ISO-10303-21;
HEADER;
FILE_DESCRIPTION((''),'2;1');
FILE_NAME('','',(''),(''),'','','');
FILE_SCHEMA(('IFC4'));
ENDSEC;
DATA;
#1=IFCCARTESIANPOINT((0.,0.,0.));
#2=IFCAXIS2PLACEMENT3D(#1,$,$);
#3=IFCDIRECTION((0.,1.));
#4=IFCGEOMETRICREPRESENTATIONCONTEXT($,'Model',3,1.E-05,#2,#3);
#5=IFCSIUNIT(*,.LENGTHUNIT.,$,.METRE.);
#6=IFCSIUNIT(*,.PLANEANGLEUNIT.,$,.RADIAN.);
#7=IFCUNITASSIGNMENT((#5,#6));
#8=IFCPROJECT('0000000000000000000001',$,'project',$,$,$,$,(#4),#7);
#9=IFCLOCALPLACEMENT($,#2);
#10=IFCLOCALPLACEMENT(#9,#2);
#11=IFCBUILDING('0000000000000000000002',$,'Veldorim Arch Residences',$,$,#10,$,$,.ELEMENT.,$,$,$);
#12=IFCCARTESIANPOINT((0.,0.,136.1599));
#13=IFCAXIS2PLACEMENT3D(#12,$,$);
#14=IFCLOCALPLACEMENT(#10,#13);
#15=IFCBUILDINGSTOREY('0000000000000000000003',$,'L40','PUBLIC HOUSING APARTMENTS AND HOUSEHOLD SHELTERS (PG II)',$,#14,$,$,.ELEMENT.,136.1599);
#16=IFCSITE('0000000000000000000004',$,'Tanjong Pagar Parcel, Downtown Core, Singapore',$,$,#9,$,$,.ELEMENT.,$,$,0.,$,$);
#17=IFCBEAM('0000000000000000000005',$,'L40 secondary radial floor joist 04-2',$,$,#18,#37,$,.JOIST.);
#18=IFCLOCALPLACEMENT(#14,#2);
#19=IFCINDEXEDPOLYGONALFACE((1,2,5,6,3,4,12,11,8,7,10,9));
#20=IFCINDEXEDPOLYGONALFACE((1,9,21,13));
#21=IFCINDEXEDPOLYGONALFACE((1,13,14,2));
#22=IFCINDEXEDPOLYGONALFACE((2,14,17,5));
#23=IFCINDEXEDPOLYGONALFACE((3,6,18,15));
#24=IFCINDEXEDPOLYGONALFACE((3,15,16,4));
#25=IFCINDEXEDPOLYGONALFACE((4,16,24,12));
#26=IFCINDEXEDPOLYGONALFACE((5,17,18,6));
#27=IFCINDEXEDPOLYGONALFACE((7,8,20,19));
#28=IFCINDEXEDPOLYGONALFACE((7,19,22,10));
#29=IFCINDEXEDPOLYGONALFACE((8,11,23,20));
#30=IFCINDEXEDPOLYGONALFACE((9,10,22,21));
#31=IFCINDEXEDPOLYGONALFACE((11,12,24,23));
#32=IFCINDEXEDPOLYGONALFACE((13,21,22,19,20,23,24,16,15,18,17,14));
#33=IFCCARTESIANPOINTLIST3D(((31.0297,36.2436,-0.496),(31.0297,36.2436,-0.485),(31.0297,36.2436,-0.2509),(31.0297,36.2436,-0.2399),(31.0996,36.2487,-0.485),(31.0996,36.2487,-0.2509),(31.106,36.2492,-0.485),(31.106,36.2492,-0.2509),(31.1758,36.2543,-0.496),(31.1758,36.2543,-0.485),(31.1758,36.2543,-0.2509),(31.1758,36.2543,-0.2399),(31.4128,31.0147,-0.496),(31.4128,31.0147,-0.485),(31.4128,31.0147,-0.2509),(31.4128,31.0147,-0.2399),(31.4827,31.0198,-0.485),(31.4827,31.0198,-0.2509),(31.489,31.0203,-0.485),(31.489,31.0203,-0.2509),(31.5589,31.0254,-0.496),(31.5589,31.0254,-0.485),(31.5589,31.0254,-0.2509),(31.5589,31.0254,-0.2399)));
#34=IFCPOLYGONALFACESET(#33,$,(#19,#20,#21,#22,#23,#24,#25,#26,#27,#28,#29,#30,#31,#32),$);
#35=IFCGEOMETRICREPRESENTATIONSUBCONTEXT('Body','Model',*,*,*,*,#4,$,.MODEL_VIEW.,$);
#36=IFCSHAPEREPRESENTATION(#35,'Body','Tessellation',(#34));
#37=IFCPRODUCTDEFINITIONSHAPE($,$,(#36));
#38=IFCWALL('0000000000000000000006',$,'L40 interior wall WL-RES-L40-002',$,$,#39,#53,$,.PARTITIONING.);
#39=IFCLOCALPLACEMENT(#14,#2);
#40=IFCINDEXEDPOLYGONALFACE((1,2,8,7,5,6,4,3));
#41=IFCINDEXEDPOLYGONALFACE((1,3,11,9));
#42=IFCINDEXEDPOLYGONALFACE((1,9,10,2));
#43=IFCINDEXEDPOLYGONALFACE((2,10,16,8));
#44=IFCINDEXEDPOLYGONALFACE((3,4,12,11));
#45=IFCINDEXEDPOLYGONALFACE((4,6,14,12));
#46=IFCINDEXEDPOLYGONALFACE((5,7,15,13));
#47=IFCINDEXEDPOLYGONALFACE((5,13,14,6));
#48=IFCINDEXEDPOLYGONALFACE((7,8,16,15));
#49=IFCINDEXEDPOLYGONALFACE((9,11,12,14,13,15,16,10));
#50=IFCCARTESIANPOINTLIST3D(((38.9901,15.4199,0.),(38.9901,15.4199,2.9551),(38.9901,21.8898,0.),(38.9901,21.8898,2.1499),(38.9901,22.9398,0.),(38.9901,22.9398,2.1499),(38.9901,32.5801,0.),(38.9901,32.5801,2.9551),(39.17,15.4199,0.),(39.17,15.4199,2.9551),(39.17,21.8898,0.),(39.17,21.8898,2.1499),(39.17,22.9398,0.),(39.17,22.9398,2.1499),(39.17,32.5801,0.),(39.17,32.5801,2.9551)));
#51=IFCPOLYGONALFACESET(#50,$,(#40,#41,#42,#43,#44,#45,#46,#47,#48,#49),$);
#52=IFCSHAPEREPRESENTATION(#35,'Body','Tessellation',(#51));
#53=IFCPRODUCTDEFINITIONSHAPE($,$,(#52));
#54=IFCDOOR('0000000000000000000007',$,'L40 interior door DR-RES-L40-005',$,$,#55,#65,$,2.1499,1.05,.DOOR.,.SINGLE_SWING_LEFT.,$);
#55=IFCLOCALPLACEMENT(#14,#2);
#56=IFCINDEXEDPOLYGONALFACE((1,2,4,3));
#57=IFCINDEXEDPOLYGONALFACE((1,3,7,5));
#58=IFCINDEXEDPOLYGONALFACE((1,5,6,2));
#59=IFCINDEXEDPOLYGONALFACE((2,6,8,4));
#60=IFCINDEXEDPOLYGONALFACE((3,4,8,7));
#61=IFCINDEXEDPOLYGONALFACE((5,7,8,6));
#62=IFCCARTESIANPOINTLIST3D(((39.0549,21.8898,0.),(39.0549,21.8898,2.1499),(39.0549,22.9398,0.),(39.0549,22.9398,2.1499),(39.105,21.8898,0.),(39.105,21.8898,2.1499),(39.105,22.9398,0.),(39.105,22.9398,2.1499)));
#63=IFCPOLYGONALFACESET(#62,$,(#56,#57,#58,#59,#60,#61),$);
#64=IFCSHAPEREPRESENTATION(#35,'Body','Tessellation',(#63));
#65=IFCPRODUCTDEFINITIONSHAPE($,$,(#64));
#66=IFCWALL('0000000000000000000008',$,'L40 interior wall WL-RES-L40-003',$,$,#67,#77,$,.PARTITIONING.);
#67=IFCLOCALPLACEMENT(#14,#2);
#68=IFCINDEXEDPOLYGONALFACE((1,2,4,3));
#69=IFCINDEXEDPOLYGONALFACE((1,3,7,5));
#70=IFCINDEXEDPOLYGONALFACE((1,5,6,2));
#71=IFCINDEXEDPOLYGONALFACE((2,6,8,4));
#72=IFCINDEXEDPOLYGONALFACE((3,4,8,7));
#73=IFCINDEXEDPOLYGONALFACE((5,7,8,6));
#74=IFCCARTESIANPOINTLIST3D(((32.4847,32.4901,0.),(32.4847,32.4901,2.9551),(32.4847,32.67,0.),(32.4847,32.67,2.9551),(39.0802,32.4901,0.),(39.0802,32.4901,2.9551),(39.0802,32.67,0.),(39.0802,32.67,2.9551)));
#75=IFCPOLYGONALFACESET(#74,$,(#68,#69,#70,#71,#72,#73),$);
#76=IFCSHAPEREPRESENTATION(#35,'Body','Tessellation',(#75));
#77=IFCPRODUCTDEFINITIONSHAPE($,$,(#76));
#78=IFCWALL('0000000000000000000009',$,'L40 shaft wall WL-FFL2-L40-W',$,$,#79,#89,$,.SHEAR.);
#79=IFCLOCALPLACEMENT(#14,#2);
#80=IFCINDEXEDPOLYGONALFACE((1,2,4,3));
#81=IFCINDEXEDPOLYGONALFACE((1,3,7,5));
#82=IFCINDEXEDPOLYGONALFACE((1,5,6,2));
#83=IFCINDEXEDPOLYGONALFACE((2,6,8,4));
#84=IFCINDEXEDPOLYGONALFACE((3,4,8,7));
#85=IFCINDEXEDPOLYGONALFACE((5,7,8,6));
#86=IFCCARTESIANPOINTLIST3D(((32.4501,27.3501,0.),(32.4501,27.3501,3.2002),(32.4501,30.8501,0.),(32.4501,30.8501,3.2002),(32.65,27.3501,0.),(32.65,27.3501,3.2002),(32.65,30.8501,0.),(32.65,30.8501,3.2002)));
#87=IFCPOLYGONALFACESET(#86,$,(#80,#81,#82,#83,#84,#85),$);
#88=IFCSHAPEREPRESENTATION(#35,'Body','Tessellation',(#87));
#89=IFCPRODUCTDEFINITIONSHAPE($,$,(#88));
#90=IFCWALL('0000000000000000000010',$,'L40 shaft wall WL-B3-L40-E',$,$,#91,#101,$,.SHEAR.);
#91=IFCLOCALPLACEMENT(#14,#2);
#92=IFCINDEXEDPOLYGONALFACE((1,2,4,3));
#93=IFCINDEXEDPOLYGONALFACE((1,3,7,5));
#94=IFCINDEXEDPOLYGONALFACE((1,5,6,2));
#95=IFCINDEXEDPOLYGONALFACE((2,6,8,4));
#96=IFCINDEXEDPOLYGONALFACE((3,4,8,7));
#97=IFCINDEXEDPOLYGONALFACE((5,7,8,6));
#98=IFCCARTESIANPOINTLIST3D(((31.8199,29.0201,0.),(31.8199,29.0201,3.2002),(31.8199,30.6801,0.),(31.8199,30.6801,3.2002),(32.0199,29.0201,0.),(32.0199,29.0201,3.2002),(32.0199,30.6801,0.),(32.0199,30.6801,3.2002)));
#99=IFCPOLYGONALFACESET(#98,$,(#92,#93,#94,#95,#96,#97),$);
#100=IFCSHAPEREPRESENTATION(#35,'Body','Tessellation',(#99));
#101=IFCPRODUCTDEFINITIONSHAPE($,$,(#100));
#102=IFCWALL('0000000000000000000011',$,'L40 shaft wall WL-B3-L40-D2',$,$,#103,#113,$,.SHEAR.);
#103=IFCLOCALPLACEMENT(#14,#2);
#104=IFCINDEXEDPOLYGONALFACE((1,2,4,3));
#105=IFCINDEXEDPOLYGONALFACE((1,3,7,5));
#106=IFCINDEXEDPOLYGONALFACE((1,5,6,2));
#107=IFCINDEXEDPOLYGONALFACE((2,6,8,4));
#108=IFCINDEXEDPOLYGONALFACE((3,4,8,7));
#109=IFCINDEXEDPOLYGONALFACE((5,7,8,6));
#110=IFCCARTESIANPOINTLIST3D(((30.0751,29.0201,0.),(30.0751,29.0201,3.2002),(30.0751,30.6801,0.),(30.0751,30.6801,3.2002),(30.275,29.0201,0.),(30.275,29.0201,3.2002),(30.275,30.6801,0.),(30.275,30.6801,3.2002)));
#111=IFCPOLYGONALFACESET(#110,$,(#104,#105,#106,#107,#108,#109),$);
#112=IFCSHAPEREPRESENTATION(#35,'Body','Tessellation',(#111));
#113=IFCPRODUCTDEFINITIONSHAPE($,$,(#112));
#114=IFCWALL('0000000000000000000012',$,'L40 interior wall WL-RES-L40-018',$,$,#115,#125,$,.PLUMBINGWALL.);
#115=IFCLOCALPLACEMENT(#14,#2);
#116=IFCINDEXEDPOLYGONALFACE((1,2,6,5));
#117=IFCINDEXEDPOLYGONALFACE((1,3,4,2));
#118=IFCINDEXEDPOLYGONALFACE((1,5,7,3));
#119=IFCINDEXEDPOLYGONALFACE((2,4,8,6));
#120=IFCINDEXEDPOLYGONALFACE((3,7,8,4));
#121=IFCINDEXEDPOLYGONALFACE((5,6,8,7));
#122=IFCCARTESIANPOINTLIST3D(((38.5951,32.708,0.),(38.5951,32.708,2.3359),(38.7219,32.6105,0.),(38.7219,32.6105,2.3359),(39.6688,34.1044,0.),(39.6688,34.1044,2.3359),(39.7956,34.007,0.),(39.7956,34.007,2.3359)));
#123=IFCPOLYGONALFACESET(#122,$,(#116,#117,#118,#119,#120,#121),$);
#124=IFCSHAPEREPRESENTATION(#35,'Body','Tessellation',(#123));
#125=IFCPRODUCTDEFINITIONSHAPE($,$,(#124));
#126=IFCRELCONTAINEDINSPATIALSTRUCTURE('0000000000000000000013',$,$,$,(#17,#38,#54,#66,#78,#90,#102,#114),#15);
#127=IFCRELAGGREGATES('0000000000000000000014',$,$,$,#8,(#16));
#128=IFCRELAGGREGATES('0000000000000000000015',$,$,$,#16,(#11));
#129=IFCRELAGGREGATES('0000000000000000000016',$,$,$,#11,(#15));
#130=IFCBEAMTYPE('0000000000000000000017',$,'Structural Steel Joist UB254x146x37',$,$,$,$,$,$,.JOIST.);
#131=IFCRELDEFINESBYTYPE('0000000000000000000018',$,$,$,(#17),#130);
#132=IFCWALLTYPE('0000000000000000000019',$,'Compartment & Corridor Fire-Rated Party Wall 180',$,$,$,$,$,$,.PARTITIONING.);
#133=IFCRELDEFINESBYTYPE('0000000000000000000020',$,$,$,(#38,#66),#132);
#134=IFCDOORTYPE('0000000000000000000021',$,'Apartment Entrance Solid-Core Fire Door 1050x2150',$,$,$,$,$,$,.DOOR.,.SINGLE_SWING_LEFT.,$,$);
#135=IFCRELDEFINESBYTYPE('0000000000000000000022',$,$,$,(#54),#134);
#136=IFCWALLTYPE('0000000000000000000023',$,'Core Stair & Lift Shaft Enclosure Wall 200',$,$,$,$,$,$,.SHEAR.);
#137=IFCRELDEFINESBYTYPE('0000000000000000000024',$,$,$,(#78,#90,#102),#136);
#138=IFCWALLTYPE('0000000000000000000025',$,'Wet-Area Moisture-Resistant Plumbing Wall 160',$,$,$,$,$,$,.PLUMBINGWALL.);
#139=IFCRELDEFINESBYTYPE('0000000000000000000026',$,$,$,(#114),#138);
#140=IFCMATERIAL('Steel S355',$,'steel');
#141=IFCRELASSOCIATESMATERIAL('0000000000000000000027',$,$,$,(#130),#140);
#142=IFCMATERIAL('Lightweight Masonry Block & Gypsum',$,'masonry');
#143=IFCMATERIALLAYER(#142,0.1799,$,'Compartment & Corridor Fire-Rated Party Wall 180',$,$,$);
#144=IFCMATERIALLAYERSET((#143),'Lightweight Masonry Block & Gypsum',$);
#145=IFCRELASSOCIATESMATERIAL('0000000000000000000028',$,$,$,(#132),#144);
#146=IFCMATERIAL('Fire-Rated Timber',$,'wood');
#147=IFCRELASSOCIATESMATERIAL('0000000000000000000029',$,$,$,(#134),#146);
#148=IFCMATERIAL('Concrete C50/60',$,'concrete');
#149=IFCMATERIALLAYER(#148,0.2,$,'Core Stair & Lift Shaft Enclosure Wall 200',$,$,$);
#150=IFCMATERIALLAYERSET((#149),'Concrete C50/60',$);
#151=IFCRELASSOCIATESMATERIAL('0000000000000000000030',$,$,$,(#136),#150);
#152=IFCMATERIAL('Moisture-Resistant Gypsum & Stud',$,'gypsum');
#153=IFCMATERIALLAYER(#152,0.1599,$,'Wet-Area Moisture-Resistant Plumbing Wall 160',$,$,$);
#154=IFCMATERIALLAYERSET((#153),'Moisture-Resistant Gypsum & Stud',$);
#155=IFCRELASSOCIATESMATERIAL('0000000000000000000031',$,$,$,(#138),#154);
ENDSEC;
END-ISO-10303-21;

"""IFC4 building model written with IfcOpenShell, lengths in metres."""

from ifc_helpers import new_model, si_unit, direction, frame, frame_2d, origin, origin_2d, place, context, subcontext, project, spatial, rectangle, i_section, extrude, material, layer, layer_set, material_profile, profile_set, type_object, element, fill, save


model = new_model("IFC4")

# Units and contexts
model_context = context("Model", 3, precision=1e-05, world=origin(), true_north=direction((0.0, 1.0)))
body_context = subcontext(model_context, "Body", "Model", "MODEL_VIEW")
ifc_project = project(units=[si_unit("LENGTHUNIT", "METRE"), si_unit("PLANEANGLEUNIT", "RADIAN")], contexts=[model_context])

# Site, building, storey
site_placement = place(None, origin())
site = spatial("IfcSite", under=ifc_project, at=site_placement, Name="Tanjong Pagar Parcel, Downtown Core, Singapore", CompositionType="ELEMENT", RefElevation=0.0)
building_placement = place(site_placement, origin())
building = spatial("IfcBuilding", under=site, at=building_placement, Name="Veldorim Arch Residences", CompositionType="ELEMENT")
storey_placement = place(building_placement, frame((0.0, 0.0, 136.1599)))
storey = spatial("IfcBuildingStorey", under=building, at=storey_placement, Name="L40", Description="PUBLIC HOUSING APARTMENTS AND HOUSEHOLD SHELTERS (PG II)", CompositionType="ELEMENT", Elevation=136.1599)

# Beam
ifc_material_1 = material(Name="Steel S355", Category="steel")
ifc_material_profile_1 = material_profile(ifc_material_1, i_section(OverallWidth=0.1465, OverallDepth=0.2561, WebThickness=0.0063, FlangeThickness=0.011, at=origin_2d()), Name="UB254x146x37")
ifc_profile_set_1 = profile_set([ifc_material_profile_1], Name="Steel S355")
beam_type_1 = type_object("IfcBeamType", Name="Structural Steel Joist UB254x146x37", PredefinedType="JOIST", material=ifc_profile_set_1)
for number, where, z_axis, x_axis, name in (
    (1, (31.4858, 31.02, -0.3679), (-0.07306, 0.997328, 0.0), (-0.997328, -0.07306, 0.0), "L40 secondary radial floor joist 04-2"),
):
    element("IfcBeam", number, at=place(storey_placement, frame(where, z_axis=z_axis, x_axis=x_axis)), inside=storey, type_object=beam_type_1, Name=name, PredefinedType="JOIST", context=body_context, shape_type="SweptSolid", body=[
        extrude(i_section(OverallWidth=0.1465, OverallDepth=0.2561, WebThickness=0.0063, FlangeThickness=0.011, at=origin_2d()), origin(), (0.0, 0.0, 1.0), 5.2429),
    ])

# Wall, opening, door
ifc_material_2 = material(Name="Lightweight Masonry Block & Gypsum", Category="masonry")
ifc_layer_1 = layer(ifc_material_2, 0.1799, Name="Compartment & Corridor Fire-Rated Party Wall 180")
ifc_layer_set_1 = layer_set([ifc_layer_1], Name="Lightweight Masonry Block & Gypsum")
wall_type_1 = type_object("IfcWallType", Name="Compartment & Corridor Fire-Rated Party Wall 180", PredefinedType="PARTITIONING", material=ifc_layer_set_1)
wall_1_placement = place(storey_placement, frame((39.0801, 32.5801, 0.0), z_axis=(0.0, 0.0, 1.0), x_axis=(0.0, -1.0, 0.0)))
wall_1 = element("IfcWall", 2, at=wall_1_placement, inside=storey, type_object=wall_type_1, Name="L40 interior wall WL-RES-L40-002", PredefinedType="PARTITIONING", context=body_context, shape_type="SweptSolid", body=[
    extrude(rectangle(XDim=17.1602, YDim=0.1799, at=frame_2d((8.5801, 0.0))), origin(), (0.0, 0.0, 1.0), 2.9551),
])
opening_1_placement = place(wall_1_placement, frame((9.6404, 0.0, 0.0)))
opening_1 = element("IfcOpeningElement", 3, at=opening_1_placement, cuts=wall_1, PredefinedType="OPENING", context=body_context, shape_type="SweptSolid", body=[
    extrude(rectangle(XDim=1.05, YDim=2.1499, at=frame_2d((0.5249, 1.075))), frame((0.0, 0.0999, 0.0), z_axis=(0.0, -1.0, 0.0), x_axis=(1.0, 0.0, 0.0)), (0.0, 0.0, 1.0), 0.2),
])
ifc_material_3 = material(Name="Fire-Rated Timber", Category="wood")
door_type_1 = type_object("IfcDoorType", Name="Apartment Entrance Solid-Core Fire Door 1050x2150", OperationType="SINGLE_SWING_LEFT", PredefinedType="DOOR", material=ifc_material_3)
door_1_placement = place(opening_1_placement, origin())
door_1 = element("IfcDoor", 4, at=door_1_placement, inside=storey, type_object=door_type_1, Name="L40 interior door DR-RES-L40-005", OperationType="SINGLE_SWING_LEFT", OverallHeight=2.1499, OverallWidth=1.05, PredefinedType="DOOR", context=body_context, shape_type="SweptSolid", body=[
    extrude(rectangle(XDim=1.05, YDim=2.1499, at=frame_2d((0.5249, 1.075))), frame((0.0, 0.0249, 0.0), z_axis=(0.0, -1.0, 0.0), x_axis=(1.0, 0.0, 0.0)), (0.0, 0.0, 1.0), 0.05),
])
fill(opening_1, door_1)

# Wall
wall_2_placement = place(storey_placement, frame((32.4846, 32.5801, 0.0), z_axis=(0.0, 0.0, 1.0), x_axis=(1.0, 0.0, 0.0)))
element("IfcWall", 5, at=wall_2_placement, inside=storey, type_object=wall_type_1, Name="L40 interior wall WL-RES-L40-003", PredefinedType="PARTITIONING", context=body_context, shape_type="SweptSolid", body=[
    extrude(rectangle(XDim=6.5955, YDim=0.1799, at=frame_2d((3.2979, 0.0))), origin(), (0.0, 0.0, 1.0), 2.9551),
])

# Shared definitions
ifc_material_4 = material(Name="Concrete C50/60", Category="concrete")
ifc_layer_2 = layer(ifc_material_4, 0.2, Name="Core Stair & Lift Shaft Enclosure Wall 200")
ifc_layer_set_2 = layer_set([ifc_layer_2], Name="Concrete C50/60")
wall_type_2 = type_object("IfcWallType", Name="Core Stair & Lift Shaft Enclosure Wall 200", PredefinedType="SHEAR", material=ifc_layer_set_2)

# Wall
wall_3_placement = place(storey_placement, frame((32.55, 27.3501, 0.0), z_axis=(0.0, 0.0, 1.0), x_axis=(0.0, 1.0, 0.0)))
element("IfcWall", 6, at=wall_3_placement, inside=storey, type_object=wall_type_2, Name="L40 shaft wall WL-FFL2-L40-W", PredefinedType="SHEAR", context=body_context, shape_type="SweptSolid", body=[
    extrude(rectangle(XDim=3.5, YDim=0.2, at=frame_2d((1.75, 0.0))), origin(), (0.0, 0.0, 1.0), 3.2002),
])

# Walls
for number, where, z_axis, x_axis, name in (
    (7, (31.9199, 29.02, 0.0), (0.0, 0.0, 1.0), (0.0, 1.0, 0.0), "L40 shaft wall WL-B3-L40-E"),
    (8, (30.175, 29.02, 0.0), (0.0, 0.0, 1.0), (0.0, 1.0, 0.0), "L40 shaft wall WL-B3-L40-D2"),
):
    element("IfcWall", number, at=place(storey_placement, frame(where, z_axis=z_axis, x_axis=x_axis)), inside=storey, type_object=wall_type_2, Name=name, PredefinedType="SHEAR", context=body_context, shape_type="SweptSolid", body=[
        extrude(rectangle(XDim=1.6599, YDim=0.2, at=frame_2d((0.8301, 0.0))), origin(), (0.0, 0.0, 1.0), 3.2002),
    ])
ifc_material_5 = material(Name="Moisture-Resistant Gypsum & Stud", Category="gypsum")
ifc_layer_3 = layer(ifc_material_5, 0.1599, Name="Wet-Area Moisture-Resistant Plumbing Wall 160")
ifc_layer_set_3 = layer_set([ifc_layer_3], Name="Moisture-Resistant Gypsum & Stud")
wall_type_3 = type_object("IfcWallType", Name="Wet-Area Moisture-Resistant Plumbing Wall 160", PredefinedType="PLUMBINGWALL", material=ifc_layer_set_3)
wall_4_placement = place(storey_placement, frame((38.6584, 32.6592, 0.0), z_axis=(0.0, 0.0, 1.0), x_axis=(0.609537, 0.792758, 0.0)))
element("IfcWall", 9, at=wall_4_placement, inside=storey, type_object=wall_type_3, Name="L40 interior wall WL-RES-L40-018", PredefinedType="PLUMBINGWALL", context=body_context, shape_type="SweptSolid", body=[
    extrude(rectangle(XDim=1.7615, YDim=0.1599, at=frame_2d((0.8809, 0.0))), origin(), (0.0, 0.0, 1.0), 2.3359),
])

save(model, "model.ifc")
